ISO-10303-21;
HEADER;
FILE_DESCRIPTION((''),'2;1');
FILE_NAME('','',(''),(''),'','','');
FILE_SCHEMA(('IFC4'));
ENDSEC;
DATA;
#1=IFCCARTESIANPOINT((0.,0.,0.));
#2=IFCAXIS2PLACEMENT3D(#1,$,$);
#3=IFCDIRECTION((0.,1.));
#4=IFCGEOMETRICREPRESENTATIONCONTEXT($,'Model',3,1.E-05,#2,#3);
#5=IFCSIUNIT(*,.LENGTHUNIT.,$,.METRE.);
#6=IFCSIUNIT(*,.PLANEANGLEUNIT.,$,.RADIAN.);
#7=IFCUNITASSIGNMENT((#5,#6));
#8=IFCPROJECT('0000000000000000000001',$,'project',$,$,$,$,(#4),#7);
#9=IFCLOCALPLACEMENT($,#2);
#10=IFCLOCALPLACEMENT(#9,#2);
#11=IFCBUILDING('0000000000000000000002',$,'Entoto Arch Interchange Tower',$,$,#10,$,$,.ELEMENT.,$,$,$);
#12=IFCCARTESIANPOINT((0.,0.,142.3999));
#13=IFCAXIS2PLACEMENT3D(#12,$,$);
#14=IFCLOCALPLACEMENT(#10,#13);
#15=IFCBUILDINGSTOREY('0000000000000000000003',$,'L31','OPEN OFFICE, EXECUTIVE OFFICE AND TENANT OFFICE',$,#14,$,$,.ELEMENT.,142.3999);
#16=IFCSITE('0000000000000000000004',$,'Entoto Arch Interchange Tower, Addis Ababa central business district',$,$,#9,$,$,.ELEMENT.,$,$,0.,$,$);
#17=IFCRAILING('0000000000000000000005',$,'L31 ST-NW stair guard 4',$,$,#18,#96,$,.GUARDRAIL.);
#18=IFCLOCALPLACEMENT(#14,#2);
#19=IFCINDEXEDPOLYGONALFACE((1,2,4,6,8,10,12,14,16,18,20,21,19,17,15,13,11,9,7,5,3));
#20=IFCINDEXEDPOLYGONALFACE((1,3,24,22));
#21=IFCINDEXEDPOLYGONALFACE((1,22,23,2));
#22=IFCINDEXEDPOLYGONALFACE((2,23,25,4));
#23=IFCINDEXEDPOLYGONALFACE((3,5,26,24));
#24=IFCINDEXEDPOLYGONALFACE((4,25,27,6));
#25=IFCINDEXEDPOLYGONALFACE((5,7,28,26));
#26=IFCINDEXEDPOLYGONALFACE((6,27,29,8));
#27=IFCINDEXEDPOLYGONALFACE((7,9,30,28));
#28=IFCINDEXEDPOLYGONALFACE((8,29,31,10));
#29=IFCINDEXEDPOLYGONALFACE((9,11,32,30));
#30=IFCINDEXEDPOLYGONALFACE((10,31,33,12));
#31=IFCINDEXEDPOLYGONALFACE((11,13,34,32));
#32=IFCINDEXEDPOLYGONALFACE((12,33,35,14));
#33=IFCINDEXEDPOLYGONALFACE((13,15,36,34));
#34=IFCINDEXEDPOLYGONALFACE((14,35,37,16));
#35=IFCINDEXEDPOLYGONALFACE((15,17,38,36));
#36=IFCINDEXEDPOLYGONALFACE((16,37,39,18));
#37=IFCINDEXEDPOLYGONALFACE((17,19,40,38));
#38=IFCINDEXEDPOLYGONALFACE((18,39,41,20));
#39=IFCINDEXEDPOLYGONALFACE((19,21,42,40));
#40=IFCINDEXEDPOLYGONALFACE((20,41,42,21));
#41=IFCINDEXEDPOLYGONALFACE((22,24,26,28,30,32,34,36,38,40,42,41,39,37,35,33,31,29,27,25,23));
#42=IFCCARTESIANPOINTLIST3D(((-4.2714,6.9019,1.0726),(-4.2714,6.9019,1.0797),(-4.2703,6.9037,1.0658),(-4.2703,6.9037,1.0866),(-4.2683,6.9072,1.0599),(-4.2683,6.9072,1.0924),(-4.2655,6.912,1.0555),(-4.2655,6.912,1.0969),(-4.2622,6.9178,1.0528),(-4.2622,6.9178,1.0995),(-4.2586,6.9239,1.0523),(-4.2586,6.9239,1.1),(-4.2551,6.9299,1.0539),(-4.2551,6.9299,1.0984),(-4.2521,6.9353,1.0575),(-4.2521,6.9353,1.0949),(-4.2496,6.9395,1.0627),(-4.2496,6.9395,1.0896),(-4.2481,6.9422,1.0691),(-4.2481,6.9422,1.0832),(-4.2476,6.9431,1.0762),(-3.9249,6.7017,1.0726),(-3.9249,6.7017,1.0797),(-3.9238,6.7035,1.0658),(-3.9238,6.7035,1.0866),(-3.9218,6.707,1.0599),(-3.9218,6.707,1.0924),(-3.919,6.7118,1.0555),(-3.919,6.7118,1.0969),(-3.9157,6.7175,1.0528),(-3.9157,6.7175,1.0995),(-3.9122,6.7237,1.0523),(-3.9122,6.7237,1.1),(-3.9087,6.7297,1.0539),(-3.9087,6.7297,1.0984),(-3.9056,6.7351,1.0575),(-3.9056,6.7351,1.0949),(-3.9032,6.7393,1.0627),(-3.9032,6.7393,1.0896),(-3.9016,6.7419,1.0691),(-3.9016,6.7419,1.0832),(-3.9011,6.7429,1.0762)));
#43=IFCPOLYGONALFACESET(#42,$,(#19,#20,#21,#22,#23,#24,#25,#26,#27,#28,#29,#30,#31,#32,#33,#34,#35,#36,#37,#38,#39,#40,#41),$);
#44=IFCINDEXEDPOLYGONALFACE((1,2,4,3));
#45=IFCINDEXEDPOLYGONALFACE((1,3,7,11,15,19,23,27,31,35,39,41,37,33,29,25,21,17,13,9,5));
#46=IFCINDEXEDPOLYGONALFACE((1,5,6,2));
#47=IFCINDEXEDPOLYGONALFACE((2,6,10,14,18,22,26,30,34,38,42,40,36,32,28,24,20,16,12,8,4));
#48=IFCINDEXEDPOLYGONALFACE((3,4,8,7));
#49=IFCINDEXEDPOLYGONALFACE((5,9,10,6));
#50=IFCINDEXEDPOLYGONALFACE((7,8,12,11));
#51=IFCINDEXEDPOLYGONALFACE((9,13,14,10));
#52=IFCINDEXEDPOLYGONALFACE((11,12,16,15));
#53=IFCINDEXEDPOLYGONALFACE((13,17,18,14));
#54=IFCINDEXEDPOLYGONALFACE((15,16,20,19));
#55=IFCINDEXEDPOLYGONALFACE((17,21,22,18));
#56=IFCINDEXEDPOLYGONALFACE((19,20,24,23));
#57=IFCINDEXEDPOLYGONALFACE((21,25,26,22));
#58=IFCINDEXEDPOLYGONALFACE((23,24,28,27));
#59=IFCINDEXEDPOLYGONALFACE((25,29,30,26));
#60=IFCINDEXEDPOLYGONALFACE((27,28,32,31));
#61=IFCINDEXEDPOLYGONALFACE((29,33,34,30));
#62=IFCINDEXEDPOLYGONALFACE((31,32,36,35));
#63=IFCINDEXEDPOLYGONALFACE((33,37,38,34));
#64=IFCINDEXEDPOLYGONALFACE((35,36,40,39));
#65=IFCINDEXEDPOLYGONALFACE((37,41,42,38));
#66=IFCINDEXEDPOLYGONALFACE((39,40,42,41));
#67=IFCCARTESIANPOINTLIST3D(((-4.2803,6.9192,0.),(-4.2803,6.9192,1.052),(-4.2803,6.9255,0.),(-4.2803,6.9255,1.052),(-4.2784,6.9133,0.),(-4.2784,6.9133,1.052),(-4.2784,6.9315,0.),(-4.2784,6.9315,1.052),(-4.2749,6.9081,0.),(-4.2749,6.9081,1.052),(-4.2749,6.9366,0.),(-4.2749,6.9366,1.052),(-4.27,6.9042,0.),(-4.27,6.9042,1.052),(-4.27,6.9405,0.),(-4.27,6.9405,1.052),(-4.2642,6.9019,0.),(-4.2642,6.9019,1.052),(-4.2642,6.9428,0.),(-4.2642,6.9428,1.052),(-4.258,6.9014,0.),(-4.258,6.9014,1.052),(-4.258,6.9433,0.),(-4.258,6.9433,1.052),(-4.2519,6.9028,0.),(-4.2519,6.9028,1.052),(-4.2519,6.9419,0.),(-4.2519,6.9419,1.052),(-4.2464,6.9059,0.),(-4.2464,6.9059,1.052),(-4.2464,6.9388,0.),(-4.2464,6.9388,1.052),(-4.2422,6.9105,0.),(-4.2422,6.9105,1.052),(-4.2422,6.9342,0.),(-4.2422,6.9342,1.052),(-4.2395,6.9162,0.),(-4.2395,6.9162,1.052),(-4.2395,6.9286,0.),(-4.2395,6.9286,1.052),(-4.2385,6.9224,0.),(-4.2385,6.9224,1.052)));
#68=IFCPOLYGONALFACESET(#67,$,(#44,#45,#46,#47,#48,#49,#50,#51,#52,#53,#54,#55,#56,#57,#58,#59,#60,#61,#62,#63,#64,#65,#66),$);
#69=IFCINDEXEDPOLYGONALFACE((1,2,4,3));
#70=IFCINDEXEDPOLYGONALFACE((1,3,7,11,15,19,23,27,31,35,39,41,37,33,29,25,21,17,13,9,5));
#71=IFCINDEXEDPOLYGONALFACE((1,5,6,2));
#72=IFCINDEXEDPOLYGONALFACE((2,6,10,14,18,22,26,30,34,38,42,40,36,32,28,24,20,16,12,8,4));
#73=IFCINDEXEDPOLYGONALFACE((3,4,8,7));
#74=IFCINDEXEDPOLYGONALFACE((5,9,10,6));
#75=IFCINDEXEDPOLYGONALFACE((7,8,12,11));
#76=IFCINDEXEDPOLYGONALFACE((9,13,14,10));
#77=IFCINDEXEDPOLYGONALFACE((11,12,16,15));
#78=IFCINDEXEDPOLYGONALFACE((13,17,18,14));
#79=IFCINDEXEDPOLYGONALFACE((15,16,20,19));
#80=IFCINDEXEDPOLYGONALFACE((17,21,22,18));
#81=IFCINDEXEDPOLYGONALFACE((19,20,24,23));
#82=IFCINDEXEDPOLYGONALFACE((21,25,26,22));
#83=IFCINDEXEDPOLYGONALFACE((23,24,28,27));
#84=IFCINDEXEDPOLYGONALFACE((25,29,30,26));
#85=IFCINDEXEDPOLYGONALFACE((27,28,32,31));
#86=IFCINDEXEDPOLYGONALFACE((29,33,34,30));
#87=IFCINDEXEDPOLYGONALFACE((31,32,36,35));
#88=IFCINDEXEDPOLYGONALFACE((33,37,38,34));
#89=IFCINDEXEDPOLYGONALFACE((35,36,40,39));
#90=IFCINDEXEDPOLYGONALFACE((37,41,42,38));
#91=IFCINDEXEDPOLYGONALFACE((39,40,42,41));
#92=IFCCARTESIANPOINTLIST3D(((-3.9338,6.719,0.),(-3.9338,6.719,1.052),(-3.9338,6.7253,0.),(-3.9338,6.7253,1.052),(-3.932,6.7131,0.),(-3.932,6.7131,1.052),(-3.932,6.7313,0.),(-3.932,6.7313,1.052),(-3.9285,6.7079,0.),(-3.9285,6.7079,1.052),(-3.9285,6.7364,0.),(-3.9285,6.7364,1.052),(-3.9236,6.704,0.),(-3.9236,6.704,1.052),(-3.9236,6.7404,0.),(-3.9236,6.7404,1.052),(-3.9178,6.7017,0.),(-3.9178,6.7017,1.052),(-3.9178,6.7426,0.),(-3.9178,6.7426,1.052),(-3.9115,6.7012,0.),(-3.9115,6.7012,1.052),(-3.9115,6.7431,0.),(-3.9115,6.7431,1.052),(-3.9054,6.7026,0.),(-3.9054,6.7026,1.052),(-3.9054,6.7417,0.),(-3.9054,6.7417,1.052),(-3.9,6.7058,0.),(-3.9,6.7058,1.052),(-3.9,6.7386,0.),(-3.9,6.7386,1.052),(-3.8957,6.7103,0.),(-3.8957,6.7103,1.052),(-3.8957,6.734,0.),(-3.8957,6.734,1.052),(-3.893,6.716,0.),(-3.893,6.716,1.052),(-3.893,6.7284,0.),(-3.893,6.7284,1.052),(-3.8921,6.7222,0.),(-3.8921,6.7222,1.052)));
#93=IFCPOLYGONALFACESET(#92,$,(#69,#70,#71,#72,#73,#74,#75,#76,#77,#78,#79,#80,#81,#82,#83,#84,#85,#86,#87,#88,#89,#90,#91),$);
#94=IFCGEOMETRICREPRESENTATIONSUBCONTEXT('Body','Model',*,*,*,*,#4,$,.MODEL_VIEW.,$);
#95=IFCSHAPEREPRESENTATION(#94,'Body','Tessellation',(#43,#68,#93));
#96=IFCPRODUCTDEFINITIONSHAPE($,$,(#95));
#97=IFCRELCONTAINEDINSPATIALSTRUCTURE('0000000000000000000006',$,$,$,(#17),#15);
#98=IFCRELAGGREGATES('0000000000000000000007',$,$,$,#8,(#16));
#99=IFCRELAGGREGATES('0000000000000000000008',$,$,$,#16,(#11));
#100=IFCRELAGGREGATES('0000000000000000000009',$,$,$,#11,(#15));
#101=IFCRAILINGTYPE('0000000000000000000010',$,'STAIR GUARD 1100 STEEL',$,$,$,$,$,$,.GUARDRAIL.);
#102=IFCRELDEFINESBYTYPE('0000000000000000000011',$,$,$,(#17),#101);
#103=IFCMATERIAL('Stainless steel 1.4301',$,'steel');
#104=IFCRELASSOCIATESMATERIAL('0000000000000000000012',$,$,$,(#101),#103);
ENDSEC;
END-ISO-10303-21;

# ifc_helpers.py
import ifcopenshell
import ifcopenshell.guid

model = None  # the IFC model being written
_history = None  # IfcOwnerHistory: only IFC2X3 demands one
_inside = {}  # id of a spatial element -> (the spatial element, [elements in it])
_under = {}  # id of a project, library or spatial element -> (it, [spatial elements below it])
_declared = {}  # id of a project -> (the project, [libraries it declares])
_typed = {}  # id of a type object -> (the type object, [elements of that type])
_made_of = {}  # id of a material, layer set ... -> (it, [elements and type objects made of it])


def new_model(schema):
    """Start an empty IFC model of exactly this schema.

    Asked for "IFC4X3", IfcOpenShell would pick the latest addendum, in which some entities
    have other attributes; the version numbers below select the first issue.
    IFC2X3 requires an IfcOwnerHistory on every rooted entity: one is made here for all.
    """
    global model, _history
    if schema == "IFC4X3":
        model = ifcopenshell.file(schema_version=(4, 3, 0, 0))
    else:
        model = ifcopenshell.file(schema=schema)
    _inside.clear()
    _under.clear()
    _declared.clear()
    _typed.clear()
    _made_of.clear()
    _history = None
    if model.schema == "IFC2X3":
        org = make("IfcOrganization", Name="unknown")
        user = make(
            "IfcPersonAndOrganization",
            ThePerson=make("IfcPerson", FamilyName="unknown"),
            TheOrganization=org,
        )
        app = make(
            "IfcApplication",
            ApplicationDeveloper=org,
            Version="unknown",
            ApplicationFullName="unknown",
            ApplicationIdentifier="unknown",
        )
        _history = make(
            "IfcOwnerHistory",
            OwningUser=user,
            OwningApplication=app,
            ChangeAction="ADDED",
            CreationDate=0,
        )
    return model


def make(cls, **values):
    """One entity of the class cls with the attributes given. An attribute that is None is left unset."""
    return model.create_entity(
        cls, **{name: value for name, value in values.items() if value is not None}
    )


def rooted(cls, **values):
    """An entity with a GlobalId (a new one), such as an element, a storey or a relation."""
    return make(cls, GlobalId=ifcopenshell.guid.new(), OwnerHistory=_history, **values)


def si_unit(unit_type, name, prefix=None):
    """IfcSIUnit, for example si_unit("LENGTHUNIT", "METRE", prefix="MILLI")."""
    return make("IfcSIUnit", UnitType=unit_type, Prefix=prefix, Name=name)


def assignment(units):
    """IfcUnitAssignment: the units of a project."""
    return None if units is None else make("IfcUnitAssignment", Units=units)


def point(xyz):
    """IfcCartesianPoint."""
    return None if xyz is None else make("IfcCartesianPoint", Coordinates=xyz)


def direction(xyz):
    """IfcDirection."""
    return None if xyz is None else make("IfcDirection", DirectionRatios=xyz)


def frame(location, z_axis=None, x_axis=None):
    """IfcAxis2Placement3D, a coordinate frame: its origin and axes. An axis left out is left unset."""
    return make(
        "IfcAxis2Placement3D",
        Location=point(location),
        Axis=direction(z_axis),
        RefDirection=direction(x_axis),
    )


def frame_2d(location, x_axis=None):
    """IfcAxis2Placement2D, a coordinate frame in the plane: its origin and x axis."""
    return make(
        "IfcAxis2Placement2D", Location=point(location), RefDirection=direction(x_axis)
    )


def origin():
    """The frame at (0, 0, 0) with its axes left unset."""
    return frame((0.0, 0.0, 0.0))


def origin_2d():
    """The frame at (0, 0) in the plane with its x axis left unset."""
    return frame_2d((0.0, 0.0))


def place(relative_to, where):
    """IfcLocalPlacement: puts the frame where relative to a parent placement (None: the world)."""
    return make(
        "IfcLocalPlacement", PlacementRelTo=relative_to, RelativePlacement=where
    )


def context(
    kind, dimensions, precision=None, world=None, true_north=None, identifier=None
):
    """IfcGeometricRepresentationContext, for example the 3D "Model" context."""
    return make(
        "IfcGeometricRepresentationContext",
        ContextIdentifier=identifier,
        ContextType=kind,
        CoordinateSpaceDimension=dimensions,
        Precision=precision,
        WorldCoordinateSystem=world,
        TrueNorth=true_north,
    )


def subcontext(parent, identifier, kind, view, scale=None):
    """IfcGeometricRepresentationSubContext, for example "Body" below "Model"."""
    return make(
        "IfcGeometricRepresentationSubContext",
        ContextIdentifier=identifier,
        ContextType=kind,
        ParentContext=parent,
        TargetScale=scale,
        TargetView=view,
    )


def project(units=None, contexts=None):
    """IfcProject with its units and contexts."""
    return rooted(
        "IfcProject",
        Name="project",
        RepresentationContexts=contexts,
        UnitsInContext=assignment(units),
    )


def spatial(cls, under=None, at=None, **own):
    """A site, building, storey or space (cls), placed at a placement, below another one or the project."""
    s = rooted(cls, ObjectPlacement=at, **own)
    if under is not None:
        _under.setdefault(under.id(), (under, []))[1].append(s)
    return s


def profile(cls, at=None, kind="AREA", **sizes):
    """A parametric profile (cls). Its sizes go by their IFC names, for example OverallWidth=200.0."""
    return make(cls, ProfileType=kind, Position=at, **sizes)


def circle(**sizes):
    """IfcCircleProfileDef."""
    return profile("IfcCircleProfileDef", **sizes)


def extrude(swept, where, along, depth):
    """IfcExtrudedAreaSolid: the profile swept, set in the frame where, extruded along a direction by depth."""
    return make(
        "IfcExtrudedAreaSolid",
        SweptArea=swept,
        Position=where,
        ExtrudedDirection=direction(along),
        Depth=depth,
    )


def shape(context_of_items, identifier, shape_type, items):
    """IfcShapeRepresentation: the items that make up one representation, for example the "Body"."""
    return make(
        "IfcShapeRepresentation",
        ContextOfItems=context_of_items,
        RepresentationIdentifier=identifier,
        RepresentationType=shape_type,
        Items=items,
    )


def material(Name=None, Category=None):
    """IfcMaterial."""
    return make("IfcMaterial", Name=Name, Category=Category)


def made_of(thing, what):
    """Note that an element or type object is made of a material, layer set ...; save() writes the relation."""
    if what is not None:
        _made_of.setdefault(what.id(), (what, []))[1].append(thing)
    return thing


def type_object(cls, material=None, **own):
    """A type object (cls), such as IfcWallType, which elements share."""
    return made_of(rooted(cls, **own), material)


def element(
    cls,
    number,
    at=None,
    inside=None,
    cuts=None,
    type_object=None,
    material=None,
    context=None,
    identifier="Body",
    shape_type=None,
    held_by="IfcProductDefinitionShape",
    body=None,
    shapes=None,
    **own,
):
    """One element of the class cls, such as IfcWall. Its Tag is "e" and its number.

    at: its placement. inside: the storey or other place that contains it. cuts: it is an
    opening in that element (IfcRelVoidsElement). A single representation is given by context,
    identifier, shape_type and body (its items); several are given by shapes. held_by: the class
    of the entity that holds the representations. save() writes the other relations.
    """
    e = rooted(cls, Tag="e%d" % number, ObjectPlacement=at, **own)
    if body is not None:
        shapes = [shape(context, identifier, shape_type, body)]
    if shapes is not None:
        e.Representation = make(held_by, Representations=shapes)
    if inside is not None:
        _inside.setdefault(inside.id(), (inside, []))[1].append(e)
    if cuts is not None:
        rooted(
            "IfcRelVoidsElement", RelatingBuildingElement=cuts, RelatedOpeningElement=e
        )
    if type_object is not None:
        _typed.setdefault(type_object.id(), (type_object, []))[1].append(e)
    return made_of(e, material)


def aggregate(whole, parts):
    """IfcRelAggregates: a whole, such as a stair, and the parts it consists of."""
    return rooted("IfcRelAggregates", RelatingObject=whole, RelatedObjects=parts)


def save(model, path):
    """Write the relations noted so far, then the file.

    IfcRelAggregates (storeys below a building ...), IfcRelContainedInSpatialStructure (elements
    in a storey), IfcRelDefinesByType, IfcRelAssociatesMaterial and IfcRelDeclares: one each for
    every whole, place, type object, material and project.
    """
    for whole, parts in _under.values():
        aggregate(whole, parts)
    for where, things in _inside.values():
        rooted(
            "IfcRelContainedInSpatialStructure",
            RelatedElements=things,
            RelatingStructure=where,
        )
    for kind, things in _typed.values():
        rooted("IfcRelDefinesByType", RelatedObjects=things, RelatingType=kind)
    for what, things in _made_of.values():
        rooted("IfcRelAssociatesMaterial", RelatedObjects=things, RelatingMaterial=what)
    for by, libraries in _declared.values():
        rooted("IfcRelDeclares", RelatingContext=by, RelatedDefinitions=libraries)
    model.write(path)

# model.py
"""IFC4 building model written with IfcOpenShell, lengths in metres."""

from ifc_helpers import new_model, si_unit, direction, frame, origin, origin_2d, place, context, subcontext, project, spatial, circle, extrude, material, type_object, element, save


model = new_model("IFC4")

# Units and contexts
model_context = context("Model", 3, precision=1e-05, world=origin(), true_north=direction((0.0, 1.0)))
body_context = subcontext(model_context, "Body", "Model", "MODEL_VIEW")
ifc_project = project(units=[si_unit("LENGTHUNIT", "METRE"), si_unit("PLANEANGLEUNIT", "RADIAN")], contexts=[model_context])

# Site, building, storey
site_placement = place(None, origin())
site = spatial("IfcSite", under=ifc_project, at=site_placement, Name="Entoto Arch Interchange Tower, Addis Ababa central business district", CompositionType="ELEMENT", RefElevation=0.0)
building_placement = place(site_placement, origin())
building = spatial("IfcBuilding", under=site, at=building_placement, Name="Entoto Arch Interchange Tower", CompositionType="ELEMENT")
storey_placement = place(building_placement, frame((0.0, 0.0, 142.3999)))
storey = spatial("IfcBuildingStorey", under=building, at=storey_placement, Name="L31", Description="OPEN OFFICE, EXECUTIVE OFFICE AND TENANT OFFICE", CompositionType="ELEMENT", Elevation=142.3999)

# Railing
ifc_material_1 = material(Name="Stainless steel 1.4301", Category="steel")
railing_type_1 = type_object("IfcRailingType", Name="STAIR GUARD 1100 STEEL", PredefinedType="GUARDRAIL", material=ifc_material_1)
railing_1_placement = place(storey_placement, frame((-4.2595, 6.9224, 0.0)))
element("IfcRailing", 1, at=railing_1_placement, inside=storey, type_object=railing_type_1, Name="L31 ST-NW stair guard 4", PredefinedType="GUARDRAIL", context=body_context, shape_type="SweptSolid", body=[
    extrude(circle(Radius=0.0239, at=origin_2d()), frame((0.0, 0.0, 1.0762), z_axis=(0.86583, -0.500339, 0.0), x_axis=(0.500339, 0.86583, 0.0)), (0.0, 0.0, 1.0), 0.4001),
    extrude(circle(Radius=0.021, at=origin_2d()), origin(), (0.0, 0.0, 1.0), 1.052),
    extrude(circle(Radius=0.021, at=origin_2d()), frame((0.3464, -0.2002, 0.0)), (0.0, 0.0, 1.0), 1.052),
])

save(model, "model.ifc")
